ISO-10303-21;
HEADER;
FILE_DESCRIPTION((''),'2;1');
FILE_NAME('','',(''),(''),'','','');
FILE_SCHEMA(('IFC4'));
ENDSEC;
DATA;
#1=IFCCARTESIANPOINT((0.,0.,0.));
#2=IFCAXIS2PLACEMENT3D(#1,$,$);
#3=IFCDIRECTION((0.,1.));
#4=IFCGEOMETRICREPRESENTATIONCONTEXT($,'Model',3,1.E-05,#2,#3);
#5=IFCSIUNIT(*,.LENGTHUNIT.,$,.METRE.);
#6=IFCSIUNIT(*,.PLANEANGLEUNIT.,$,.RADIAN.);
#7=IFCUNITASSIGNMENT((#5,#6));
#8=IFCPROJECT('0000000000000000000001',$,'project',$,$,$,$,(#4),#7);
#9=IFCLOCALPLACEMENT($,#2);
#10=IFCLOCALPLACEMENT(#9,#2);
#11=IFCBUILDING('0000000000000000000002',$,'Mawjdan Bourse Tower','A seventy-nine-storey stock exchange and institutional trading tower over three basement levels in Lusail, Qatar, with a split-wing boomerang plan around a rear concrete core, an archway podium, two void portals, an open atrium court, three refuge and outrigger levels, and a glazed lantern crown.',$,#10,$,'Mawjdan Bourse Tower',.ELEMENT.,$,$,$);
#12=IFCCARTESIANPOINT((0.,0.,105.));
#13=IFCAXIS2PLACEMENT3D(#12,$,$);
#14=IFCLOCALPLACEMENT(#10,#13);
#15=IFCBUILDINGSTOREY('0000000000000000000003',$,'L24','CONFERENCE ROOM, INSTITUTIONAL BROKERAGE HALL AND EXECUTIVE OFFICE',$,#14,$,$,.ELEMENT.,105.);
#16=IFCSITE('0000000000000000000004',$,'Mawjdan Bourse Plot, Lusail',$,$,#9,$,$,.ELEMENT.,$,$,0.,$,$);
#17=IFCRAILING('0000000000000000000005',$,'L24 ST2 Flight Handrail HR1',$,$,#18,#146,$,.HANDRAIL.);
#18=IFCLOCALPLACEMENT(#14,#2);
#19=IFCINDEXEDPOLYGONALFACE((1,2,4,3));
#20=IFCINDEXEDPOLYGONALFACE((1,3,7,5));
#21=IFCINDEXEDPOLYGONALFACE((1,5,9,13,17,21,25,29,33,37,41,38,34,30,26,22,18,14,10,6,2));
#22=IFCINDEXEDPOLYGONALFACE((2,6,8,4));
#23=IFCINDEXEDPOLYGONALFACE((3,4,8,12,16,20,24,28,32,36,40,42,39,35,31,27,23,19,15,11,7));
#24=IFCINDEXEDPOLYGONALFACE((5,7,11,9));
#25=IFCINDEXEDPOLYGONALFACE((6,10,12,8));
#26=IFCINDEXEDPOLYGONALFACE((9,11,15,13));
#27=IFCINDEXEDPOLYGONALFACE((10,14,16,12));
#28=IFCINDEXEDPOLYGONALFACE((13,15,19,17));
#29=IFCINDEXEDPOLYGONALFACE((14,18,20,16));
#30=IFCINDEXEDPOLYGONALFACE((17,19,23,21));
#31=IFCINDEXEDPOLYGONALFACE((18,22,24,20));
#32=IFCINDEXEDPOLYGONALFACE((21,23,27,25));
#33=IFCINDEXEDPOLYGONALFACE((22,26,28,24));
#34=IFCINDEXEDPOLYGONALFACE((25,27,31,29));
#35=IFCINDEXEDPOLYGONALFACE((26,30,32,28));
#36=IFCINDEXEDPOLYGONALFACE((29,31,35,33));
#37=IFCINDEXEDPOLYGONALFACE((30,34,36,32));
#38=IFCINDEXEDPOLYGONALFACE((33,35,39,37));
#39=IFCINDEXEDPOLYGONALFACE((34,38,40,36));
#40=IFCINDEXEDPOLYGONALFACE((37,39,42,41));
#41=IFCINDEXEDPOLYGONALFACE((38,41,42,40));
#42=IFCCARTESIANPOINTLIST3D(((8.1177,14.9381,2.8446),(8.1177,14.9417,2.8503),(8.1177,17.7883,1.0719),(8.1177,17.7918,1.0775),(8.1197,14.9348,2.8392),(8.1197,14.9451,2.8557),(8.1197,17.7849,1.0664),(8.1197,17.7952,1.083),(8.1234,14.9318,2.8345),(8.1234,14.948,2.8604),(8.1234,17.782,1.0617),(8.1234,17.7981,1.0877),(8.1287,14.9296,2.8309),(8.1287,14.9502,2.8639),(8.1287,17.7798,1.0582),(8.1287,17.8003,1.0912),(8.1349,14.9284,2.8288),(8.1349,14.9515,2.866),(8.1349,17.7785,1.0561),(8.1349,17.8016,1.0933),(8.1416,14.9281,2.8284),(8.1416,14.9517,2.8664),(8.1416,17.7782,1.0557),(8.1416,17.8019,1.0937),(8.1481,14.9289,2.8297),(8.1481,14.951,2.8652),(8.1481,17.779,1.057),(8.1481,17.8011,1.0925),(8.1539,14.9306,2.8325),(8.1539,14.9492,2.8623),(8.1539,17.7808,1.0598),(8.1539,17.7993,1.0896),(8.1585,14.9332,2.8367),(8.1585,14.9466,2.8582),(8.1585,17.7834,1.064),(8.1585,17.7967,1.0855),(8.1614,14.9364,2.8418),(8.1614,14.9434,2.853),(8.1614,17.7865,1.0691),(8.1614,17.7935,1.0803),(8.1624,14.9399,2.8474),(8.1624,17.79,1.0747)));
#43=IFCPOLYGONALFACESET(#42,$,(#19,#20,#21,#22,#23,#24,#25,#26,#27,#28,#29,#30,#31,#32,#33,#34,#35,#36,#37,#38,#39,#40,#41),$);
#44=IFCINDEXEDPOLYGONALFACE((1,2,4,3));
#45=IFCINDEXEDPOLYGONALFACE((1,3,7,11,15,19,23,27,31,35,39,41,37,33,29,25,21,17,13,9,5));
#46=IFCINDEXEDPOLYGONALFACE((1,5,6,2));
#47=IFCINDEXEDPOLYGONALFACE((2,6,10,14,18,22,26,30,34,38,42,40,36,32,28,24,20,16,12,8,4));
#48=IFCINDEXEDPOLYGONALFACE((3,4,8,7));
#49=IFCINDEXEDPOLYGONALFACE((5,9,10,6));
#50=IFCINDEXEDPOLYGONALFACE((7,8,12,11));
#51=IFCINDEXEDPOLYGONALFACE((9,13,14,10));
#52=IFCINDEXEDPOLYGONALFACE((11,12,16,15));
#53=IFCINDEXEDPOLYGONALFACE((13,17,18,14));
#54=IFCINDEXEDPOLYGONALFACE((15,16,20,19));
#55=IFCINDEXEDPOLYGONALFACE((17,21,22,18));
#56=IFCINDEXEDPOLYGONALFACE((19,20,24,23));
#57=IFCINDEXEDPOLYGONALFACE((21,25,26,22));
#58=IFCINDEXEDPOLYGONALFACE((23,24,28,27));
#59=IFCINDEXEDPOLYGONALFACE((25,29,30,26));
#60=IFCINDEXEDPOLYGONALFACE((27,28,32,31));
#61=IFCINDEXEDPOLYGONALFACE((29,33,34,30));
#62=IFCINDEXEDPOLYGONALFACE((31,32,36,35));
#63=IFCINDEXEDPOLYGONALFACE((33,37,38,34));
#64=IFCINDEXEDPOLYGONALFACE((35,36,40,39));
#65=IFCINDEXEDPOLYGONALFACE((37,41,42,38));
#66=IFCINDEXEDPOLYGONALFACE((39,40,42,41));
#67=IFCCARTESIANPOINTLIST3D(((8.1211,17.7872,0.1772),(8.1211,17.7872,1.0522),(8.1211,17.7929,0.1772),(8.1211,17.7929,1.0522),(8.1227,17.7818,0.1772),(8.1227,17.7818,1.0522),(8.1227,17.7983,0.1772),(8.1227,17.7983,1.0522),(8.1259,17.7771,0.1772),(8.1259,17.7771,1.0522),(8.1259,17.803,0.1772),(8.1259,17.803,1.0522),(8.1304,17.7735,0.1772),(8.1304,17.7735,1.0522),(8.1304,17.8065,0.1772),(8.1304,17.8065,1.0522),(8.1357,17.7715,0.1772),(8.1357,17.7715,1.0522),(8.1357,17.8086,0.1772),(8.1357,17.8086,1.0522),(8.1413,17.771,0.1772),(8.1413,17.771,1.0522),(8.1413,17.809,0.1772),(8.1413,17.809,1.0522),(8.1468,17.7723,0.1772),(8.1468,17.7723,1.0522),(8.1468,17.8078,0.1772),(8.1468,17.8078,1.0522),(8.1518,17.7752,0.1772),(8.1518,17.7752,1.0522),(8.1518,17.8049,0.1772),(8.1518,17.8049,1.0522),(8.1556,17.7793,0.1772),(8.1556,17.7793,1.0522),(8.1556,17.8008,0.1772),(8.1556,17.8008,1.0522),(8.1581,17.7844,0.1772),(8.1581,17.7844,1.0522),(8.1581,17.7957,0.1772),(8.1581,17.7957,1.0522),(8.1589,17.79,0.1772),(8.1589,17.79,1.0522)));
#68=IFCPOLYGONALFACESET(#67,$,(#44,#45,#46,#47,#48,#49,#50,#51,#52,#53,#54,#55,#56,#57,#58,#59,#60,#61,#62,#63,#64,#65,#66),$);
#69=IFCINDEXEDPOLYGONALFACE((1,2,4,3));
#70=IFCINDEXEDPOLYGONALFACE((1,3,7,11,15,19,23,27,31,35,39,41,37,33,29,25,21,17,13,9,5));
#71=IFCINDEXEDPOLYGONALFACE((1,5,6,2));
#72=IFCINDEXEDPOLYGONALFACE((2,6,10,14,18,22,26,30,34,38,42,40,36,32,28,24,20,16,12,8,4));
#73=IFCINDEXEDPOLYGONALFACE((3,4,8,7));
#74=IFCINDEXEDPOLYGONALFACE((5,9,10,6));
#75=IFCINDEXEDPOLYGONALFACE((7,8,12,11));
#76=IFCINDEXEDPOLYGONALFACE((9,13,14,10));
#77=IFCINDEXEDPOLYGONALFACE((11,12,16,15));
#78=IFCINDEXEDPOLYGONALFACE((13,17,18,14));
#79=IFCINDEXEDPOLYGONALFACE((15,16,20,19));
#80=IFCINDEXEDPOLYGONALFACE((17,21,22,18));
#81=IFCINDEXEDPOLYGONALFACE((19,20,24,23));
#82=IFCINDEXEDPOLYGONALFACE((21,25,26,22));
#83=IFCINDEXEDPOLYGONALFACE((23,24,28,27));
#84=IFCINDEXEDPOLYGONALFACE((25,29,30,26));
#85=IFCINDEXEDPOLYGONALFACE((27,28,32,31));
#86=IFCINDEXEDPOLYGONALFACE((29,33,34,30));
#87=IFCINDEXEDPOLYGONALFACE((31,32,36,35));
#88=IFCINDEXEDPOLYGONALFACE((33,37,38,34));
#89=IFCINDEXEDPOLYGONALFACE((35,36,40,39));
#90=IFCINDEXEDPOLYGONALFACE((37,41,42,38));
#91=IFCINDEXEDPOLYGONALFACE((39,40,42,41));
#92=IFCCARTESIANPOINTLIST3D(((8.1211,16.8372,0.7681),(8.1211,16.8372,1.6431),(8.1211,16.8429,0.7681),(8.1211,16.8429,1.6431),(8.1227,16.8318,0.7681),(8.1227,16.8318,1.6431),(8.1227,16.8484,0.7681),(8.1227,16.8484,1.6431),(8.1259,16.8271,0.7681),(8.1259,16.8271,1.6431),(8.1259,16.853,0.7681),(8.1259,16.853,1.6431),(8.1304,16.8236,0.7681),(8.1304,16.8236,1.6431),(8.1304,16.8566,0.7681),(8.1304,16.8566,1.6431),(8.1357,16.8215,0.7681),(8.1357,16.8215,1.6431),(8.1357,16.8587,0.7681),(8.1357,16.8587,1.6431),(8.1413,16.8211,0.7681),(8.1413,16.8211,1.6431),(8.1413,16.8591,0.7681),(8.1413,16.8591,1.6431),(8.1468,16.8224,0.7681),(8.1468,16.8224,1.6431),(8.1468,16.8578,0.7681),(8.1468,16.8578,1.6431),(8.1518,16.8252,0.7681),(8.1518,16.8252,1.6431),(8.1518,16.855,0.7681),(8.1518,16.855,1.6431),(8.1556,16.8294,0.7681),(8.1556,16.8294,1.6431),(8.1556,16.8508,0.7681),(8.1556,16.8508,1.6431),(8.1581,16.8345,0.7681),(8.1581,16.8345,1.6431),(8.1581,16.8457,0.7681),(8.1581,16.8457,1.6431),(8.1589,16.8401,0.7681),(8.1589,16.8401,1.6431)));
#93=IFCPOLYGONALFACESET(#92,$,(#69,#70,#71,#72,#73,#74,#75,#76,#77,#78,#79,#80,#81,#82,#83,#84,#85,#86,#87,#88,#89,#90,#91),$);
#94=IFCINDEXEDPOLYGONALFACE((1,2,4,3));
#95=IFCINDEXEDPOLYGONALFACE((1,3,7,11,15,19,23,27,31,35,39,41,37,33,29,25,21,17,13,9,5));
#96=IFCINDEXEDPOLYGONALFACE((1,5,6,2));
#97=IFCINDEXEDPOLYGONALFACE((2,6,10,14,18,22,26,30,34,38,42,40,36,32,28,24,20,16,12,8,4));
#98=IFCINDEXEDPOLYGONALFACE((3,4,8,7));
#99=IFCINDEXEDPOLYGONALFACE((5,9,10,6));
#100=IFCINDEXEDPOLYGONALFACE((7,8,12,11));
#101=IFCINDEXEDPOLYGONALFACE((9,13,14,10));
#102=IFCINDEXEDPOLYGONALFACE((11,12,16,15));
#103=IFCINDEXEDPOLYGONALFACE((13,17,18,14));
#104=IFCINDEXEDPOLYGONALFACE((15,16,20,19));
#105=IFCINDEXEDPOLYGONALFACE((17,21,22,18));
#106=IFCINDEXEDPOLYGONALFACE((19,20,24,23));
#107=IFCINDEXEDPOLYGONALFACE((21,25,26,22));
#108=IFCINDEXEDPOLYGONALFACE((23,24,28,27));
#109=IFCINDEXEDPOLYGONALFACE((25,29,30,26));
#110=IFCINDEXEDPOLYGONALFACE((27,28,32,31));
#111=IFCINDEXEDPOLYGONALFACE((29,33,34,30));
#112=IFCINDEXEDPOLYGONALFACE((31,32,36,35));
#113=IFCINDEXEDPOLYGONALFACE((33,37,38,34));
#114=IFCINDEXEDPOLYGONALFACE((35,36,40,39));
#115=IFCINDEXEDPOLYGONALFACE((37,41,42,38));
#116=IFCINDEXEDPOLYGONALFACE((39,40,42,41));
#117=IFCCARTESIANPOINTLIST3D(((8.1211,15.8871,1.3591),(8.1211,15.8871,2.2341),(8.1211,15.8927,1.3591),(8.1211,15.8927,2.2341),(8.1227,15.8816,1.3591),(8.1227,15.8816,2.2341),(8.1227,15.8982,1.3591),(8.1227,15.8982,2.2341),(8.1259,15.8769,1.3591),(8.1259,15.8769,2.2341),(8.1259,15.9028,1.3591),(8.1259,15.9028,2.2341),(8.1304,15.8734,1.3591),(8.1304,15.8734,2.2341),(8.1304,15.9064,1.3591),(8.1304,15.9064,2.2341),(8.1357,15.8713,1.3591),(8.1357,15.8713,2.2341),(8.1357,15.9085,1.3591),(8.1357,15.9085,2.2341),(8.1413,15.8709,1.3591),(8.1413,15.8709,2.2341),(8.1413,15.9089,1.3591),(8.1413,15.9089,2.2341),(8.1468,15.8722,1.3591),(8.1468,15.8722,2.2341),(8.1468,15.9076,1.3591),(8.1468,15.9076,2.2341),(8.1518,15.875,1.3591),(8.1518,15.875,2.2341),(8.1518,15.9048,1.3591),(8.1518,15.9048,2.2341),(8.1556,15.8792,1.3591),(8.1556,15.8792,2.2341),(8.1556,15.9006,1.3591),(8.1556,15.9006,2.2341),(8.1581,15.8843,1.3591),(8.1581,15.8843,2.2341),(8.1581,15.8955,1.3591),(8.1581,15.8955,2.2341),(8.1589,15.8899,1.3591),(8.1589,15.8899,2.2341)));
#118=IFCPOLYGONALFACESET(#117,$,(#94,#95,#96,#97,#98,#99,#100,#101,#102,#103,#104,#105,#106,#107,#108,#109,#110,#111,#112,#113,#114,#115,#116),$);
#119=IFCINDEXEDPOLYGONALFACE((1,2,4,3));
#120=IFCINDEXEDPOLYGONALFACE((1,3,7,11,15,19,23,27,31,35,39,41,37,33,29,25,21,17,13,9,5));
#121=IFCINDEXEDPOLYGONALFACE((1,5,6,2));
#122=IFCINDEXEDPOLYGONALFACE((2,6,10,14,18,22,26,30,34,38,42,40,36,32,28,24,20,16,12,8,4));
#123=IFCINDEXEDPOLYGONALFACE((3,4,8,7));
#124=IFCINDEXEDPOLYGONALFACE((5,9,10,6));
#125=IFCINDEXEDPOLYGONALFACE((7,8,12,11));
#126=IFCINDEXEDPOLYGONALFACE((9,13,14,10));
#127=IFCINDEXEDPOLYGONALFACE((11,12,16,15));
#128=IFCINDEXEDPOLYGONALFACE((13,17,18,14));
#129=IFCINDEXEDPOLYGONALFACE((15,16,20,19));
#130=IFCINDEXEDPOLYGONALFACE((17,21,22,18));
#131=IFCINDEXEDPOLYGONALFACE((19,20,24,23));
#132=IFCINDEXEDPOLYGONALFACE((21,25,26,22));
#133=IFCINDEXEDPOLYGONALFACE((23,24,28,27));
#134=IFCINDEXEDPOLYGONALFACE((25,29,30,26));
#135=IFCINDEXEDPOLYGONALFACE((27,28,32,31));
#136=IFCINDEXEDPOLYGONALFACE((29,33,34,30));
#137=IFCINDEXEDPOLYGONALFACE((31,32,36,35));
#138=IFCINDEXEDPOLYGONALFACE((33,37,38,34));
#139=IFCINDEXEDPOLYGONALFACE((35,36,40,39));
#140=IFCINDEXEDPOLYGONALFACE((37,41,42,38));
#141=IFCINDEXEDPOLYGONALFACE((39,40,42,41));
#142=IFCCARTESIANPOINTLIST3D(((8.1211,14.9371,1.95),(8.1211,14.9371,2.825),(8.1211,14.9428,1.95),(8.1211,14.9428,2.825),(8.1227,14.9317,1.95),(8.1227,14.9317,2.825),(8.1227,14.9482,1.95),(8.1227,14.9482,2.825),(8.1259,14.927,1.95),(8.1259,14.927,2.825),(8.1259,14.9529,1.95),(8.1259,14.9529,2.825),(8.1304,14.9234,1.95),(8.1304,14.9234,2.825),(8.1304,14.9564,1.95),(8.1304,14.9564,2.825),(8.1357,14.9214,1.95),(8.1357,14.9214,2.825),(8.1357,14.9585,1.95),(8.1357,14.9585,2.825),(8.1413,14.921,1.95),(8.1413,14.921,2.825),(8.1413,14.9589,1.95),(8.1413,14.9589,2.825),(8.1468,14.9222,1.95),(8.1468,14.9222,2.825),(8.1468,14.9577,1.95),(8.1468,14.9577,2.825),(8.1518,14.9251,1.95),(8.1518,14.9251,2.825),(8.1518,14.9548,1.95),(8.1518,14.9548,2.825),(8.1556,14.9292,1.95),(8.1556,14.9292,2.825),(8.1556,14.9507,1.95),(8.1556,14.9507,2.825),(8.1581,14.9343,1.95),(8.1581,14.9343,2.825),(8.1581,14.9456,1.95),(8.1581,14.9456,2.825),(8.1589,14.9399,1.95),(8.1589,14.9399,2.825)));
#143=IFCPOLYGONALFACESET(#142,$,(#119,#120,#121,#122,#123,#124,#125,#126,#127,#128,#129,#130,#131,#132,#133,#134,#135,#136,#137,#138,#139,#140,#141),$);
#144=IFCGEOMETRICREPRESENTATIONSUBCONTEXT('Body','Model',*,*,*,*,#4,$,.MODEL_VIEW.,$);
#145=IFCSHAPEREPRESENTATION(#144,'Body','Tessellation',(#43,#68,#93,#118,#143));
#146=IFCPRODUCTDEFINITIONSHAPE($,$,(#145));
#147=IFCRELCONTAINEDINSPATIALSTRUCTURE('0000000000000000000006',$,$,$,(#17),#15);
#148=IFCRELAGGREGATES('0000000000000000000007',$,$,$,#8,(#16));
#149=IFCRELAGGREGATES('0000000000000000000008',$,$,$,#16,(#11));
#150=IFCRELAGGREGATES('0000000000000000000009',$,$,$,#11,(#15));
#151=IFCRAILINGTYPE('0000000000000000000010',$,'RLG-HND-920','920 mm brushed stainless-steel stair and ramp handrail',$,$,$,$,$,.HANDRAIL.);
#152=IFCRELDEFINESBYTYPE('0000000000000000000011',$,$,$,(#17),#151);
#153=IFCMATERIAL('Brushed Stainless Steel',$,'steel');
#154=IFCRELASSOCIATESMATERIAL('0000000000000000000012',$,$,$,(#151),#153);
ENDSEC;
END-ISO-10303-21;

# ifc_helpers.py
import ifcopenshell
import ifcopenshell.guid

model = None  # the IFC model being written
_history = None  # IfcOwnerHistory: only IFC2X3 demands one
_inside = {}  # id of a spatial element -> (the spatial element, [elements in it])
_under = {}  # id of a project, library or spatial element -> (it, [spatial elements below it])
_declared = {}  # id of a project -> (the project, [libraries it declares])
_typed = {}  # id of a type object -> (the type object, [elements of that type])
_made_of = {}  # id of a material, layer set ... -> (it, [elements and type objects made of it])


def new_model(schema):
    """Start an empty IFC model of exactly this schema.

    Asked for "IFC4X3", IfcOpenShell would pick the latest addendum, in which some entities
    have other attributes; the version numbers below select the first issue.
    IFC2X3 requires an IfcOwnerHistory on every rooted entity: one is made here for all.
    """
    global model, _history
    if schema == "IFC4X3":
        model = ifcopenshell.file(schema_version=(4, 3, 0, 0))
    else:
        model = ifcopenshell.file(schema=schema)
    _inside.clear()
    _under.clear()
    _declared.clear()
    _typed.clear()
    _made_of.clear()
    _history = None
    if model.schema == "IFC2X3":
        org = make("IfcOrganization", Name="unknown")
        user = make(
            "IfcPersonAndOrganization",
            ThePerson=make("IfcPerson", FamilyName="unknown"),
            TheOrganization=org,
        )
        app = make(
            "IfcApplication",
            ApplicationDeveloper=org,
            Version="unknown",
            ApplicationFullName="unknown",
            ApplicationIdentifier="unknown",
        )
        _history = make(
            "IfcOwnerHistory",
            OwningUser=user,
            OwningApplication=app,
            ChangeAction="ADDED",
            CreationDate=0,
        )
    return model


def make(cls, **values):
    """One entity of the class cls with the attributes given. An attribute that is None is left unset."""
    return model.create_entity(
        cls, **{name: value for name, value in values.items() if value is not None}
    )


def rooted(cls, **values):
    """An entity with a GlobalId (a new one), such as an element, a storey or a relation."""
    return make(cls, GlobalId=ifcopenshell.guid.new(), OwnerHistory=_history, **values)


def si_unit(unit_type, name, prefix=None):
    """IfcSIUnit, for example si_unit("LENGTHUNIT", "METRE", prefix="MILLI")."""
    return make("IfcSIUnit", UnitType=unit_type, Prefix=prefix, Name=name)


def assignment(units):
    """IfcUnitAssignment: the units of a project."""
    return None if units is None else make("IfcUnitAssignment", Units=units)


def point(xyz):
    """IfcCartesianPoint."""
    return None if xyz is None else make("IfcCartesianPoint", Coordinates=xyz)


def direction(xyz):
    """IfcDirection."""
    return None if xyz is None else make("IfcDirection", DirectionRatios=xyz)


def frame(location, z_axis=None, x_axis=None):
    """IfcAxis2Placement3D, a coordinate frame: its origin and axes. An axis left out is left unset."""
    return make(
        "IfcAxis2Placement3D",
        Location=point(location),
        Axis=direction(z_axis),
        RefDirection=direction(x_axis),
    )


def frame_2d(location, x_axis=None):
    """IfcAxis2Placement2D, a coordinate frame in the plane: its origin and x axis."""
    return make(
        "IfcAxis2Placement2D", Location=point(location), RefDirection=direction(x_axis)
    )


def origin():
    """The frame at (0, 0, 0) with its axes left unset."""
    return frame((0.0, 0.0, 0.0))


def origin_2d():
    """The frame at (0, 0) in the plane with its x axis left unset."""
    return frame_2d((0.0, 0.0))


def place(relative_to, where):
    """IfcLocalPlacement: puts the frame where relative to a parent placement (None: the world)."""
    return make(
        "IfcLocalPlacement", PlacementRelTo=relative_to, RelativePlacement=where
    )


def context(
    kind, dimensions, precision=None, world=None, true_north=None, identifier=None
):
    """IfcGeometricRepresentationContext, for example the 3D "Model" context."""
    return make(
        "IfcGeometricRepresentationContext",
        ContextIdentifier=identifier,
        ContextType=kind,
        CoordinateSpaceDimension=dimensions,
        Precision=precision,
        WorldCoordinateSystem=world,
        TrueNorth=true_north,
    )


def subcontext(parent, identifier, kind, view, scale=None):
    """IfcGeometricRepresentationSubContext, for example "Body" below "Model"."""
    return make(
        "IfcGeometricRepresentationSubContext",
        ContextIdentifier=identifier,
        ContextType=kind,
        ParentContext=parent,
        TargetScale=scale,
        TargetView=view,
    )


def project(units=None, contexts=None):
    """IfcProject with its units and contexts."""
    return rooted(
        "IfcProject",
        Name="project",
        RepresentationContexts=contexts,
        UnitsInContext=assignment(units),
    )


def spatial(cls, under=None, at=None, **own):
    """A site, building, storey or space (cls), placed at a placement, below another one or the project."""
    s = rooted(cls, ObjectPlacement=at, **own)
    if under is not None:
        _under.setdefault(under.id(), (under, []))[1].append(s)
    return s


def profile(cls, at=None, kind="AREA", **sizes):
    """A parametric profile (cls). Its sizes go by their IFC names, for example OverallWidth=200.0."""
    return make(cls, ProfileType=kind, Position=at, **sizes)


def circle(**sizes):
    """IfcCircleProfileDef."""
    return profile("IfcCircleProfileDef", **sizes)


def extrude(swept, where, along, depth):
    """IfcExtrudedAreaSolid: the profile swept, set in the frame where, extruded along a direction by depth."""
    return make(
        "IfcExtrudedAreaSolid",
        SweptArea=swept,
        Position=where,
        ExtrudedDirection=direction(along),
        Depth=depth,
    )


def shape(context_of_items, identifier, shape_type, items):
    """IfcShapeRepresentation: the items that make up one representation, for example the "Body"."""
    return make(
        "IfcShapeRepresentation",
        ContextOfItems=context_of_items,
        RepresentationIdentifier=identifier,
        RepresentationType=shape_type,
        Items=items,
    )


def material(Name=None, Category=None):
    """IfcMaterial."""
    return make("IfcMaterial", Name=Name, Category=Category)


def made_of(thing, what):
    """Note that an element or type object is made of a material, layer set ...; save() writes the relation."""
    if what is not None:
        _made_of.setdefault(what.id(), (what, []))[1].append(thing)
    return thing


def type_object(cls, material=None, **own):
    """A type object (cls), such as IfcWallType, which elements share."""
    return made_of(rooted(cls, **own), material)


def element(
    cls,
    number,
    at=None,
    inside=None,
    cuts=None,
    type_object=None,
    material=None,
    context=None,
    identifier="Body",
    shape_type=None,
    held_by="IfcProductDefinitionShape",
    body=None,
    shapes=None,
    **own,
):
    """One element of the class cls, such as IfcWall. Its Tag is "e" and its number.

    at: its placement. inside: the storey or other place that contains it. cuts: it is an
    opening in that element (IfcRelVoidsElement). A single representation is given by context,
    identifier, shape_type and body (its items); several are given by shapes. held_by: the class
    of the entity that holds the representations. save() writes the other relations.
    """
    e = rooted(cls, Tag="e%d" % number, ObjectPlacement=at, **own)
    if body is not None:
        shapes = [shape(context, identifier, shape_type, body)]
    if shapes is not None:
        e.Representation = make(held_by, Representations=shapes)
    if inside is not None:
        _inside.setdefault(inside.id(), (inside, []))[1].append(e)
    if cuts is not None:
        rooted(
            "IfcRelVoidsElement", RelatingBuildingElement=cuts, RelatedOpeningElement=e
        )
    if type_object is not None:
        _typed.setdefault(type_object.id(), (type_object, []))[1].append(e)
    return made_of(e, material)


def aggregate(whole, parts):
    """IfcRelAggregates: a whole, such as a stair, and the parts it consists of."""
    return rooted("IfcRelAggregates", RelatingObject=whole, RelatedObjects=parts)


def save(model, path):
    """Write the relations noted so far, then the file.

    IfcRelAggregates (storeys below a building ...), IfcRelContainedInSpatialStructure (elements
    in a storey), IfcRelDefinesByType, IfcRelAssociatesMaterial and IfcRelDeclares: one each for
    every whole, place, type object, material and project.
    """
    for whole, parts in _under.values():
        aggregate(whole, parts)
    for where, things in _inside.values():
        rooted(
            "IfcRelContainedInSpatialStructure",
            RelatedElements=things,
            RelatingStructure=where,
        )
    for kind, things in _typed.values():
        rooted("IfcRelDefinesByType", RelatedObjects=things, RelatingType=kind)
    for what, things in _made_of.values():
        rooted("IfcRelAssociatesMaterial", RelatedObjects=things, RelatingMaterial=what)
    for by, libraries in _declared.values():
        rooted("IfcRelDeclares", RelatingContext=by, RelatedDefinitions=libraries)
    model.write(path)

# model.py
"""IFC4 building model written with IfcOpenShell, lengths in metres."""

from ifc_helpers import new_model, si_unit, direction, frame, origin, origin_2d, place, context, subcontext, project, spatial, circle, extrude, material, type_object, element, save


model = new_model("IFC4")

# Units and contexts
model_context = context("Model", 3, precision=1e-05, world=origin(), true_north=direction((0.0, 1.0)))
body_context = subcontext(model_context, "Body", "Model", "MODEL_VIEW")
ifc_project = project(units=[si_unit("LENGTHUNIT", "METRE"), si_unit("PLANEANGLEUNIT", "RADIAN")], contexts=[model_context])

# Site, building, storey
site_placement = place(None, origin())
site = spatial("IfcSite", under=ifc_project, at=site_placement, Name="Mawjdan Bourse Plot, Lusail", CompositionType="ELEMENT", RefElevation=0.0)
building_placement = place(site_placement, origin())
building = spatial("IfcBuilding", under=site, at=building_placement, Name="Mawjdan Bourse Tower", Description="A seventy-nine-storey stock exchange and institutional trading tower over three basement levels in Lusail, Qatar, with a split-wing boomerang plan around a rear concrete core, an archway podium, two void portals, an open atrium court, three refuge and outrigger levels, and a glazed lantern crown.", LongName="Mawjdan Bourse Tower", CompositionType="ELEMENT")
storey_placement = place(building_placement, frame((0.0, 0.0, 105.0)))
storey = spatial("IfcBuildingStorey", under=building, at=storey_placement, Name="L24", Description="CONFERENCE ROOM, INSTITUTIONAL BROKERAGE HALL AND EXECUTIVE OFFICE", CompositionType="ELEMENT", Elevation=105.0)

# Shared definitions
ifc_material_1 = material(Name="Brushed Stainless Steel", Category="steel")

# Railing
railing_type_1 = type_object("IfcRailingType", Name="RLG-HND-920", Description="920 mm brushed stainless-steel stair and ramp handrail", PredefinedType="HANDRAIL", material=ifc_material_1)
for number, where, name in (
    (1, (8.1399, 17.79, 0.1772), "L24 ST2 Flight Handrail HR1"),
):
    element("IfcRailing", number, at=place(storey_placement, frame(where)), inside=storey, type_object=railing_type_1, Name=name, PredefinedType="HANDRAIL", context=body_context, shape_type="SweptSolid", body=[
        extrude(circle(Radius=0.0225, at=origin_2d()), frame((0.0, 0.0, 0.8975), z_axis=(0.0, -0.849149, 0.528154), x_axis=(1.0, 0.0, 0.0)), (0.0, 0.0, 1.0), 3.3564),
        extrude(circle(Radius=0.019, at=origin_2d()), origin(), (0.0, 0.0, 1.0), 0.875),
        extrude(circle(Radius=0.019, at=origin_2d()), frame((0.0, -0.95, 0.5908)), (0.0, 0.0, 1.0), 0.875),
        extrude(circle(Radius=0.019, at=origin_2d()), frame((0.0, -1.9001, 1.1819)), (0.0, 0.0, 1.0), 0.875),
        extrude(circle(Radius=0.019, at=origin_2d()), frame((0.0, -2.8501, 1.7727)), (0.0, 0.0, 1.0), 0.875),
    ])

save(model, "model.ifc")
